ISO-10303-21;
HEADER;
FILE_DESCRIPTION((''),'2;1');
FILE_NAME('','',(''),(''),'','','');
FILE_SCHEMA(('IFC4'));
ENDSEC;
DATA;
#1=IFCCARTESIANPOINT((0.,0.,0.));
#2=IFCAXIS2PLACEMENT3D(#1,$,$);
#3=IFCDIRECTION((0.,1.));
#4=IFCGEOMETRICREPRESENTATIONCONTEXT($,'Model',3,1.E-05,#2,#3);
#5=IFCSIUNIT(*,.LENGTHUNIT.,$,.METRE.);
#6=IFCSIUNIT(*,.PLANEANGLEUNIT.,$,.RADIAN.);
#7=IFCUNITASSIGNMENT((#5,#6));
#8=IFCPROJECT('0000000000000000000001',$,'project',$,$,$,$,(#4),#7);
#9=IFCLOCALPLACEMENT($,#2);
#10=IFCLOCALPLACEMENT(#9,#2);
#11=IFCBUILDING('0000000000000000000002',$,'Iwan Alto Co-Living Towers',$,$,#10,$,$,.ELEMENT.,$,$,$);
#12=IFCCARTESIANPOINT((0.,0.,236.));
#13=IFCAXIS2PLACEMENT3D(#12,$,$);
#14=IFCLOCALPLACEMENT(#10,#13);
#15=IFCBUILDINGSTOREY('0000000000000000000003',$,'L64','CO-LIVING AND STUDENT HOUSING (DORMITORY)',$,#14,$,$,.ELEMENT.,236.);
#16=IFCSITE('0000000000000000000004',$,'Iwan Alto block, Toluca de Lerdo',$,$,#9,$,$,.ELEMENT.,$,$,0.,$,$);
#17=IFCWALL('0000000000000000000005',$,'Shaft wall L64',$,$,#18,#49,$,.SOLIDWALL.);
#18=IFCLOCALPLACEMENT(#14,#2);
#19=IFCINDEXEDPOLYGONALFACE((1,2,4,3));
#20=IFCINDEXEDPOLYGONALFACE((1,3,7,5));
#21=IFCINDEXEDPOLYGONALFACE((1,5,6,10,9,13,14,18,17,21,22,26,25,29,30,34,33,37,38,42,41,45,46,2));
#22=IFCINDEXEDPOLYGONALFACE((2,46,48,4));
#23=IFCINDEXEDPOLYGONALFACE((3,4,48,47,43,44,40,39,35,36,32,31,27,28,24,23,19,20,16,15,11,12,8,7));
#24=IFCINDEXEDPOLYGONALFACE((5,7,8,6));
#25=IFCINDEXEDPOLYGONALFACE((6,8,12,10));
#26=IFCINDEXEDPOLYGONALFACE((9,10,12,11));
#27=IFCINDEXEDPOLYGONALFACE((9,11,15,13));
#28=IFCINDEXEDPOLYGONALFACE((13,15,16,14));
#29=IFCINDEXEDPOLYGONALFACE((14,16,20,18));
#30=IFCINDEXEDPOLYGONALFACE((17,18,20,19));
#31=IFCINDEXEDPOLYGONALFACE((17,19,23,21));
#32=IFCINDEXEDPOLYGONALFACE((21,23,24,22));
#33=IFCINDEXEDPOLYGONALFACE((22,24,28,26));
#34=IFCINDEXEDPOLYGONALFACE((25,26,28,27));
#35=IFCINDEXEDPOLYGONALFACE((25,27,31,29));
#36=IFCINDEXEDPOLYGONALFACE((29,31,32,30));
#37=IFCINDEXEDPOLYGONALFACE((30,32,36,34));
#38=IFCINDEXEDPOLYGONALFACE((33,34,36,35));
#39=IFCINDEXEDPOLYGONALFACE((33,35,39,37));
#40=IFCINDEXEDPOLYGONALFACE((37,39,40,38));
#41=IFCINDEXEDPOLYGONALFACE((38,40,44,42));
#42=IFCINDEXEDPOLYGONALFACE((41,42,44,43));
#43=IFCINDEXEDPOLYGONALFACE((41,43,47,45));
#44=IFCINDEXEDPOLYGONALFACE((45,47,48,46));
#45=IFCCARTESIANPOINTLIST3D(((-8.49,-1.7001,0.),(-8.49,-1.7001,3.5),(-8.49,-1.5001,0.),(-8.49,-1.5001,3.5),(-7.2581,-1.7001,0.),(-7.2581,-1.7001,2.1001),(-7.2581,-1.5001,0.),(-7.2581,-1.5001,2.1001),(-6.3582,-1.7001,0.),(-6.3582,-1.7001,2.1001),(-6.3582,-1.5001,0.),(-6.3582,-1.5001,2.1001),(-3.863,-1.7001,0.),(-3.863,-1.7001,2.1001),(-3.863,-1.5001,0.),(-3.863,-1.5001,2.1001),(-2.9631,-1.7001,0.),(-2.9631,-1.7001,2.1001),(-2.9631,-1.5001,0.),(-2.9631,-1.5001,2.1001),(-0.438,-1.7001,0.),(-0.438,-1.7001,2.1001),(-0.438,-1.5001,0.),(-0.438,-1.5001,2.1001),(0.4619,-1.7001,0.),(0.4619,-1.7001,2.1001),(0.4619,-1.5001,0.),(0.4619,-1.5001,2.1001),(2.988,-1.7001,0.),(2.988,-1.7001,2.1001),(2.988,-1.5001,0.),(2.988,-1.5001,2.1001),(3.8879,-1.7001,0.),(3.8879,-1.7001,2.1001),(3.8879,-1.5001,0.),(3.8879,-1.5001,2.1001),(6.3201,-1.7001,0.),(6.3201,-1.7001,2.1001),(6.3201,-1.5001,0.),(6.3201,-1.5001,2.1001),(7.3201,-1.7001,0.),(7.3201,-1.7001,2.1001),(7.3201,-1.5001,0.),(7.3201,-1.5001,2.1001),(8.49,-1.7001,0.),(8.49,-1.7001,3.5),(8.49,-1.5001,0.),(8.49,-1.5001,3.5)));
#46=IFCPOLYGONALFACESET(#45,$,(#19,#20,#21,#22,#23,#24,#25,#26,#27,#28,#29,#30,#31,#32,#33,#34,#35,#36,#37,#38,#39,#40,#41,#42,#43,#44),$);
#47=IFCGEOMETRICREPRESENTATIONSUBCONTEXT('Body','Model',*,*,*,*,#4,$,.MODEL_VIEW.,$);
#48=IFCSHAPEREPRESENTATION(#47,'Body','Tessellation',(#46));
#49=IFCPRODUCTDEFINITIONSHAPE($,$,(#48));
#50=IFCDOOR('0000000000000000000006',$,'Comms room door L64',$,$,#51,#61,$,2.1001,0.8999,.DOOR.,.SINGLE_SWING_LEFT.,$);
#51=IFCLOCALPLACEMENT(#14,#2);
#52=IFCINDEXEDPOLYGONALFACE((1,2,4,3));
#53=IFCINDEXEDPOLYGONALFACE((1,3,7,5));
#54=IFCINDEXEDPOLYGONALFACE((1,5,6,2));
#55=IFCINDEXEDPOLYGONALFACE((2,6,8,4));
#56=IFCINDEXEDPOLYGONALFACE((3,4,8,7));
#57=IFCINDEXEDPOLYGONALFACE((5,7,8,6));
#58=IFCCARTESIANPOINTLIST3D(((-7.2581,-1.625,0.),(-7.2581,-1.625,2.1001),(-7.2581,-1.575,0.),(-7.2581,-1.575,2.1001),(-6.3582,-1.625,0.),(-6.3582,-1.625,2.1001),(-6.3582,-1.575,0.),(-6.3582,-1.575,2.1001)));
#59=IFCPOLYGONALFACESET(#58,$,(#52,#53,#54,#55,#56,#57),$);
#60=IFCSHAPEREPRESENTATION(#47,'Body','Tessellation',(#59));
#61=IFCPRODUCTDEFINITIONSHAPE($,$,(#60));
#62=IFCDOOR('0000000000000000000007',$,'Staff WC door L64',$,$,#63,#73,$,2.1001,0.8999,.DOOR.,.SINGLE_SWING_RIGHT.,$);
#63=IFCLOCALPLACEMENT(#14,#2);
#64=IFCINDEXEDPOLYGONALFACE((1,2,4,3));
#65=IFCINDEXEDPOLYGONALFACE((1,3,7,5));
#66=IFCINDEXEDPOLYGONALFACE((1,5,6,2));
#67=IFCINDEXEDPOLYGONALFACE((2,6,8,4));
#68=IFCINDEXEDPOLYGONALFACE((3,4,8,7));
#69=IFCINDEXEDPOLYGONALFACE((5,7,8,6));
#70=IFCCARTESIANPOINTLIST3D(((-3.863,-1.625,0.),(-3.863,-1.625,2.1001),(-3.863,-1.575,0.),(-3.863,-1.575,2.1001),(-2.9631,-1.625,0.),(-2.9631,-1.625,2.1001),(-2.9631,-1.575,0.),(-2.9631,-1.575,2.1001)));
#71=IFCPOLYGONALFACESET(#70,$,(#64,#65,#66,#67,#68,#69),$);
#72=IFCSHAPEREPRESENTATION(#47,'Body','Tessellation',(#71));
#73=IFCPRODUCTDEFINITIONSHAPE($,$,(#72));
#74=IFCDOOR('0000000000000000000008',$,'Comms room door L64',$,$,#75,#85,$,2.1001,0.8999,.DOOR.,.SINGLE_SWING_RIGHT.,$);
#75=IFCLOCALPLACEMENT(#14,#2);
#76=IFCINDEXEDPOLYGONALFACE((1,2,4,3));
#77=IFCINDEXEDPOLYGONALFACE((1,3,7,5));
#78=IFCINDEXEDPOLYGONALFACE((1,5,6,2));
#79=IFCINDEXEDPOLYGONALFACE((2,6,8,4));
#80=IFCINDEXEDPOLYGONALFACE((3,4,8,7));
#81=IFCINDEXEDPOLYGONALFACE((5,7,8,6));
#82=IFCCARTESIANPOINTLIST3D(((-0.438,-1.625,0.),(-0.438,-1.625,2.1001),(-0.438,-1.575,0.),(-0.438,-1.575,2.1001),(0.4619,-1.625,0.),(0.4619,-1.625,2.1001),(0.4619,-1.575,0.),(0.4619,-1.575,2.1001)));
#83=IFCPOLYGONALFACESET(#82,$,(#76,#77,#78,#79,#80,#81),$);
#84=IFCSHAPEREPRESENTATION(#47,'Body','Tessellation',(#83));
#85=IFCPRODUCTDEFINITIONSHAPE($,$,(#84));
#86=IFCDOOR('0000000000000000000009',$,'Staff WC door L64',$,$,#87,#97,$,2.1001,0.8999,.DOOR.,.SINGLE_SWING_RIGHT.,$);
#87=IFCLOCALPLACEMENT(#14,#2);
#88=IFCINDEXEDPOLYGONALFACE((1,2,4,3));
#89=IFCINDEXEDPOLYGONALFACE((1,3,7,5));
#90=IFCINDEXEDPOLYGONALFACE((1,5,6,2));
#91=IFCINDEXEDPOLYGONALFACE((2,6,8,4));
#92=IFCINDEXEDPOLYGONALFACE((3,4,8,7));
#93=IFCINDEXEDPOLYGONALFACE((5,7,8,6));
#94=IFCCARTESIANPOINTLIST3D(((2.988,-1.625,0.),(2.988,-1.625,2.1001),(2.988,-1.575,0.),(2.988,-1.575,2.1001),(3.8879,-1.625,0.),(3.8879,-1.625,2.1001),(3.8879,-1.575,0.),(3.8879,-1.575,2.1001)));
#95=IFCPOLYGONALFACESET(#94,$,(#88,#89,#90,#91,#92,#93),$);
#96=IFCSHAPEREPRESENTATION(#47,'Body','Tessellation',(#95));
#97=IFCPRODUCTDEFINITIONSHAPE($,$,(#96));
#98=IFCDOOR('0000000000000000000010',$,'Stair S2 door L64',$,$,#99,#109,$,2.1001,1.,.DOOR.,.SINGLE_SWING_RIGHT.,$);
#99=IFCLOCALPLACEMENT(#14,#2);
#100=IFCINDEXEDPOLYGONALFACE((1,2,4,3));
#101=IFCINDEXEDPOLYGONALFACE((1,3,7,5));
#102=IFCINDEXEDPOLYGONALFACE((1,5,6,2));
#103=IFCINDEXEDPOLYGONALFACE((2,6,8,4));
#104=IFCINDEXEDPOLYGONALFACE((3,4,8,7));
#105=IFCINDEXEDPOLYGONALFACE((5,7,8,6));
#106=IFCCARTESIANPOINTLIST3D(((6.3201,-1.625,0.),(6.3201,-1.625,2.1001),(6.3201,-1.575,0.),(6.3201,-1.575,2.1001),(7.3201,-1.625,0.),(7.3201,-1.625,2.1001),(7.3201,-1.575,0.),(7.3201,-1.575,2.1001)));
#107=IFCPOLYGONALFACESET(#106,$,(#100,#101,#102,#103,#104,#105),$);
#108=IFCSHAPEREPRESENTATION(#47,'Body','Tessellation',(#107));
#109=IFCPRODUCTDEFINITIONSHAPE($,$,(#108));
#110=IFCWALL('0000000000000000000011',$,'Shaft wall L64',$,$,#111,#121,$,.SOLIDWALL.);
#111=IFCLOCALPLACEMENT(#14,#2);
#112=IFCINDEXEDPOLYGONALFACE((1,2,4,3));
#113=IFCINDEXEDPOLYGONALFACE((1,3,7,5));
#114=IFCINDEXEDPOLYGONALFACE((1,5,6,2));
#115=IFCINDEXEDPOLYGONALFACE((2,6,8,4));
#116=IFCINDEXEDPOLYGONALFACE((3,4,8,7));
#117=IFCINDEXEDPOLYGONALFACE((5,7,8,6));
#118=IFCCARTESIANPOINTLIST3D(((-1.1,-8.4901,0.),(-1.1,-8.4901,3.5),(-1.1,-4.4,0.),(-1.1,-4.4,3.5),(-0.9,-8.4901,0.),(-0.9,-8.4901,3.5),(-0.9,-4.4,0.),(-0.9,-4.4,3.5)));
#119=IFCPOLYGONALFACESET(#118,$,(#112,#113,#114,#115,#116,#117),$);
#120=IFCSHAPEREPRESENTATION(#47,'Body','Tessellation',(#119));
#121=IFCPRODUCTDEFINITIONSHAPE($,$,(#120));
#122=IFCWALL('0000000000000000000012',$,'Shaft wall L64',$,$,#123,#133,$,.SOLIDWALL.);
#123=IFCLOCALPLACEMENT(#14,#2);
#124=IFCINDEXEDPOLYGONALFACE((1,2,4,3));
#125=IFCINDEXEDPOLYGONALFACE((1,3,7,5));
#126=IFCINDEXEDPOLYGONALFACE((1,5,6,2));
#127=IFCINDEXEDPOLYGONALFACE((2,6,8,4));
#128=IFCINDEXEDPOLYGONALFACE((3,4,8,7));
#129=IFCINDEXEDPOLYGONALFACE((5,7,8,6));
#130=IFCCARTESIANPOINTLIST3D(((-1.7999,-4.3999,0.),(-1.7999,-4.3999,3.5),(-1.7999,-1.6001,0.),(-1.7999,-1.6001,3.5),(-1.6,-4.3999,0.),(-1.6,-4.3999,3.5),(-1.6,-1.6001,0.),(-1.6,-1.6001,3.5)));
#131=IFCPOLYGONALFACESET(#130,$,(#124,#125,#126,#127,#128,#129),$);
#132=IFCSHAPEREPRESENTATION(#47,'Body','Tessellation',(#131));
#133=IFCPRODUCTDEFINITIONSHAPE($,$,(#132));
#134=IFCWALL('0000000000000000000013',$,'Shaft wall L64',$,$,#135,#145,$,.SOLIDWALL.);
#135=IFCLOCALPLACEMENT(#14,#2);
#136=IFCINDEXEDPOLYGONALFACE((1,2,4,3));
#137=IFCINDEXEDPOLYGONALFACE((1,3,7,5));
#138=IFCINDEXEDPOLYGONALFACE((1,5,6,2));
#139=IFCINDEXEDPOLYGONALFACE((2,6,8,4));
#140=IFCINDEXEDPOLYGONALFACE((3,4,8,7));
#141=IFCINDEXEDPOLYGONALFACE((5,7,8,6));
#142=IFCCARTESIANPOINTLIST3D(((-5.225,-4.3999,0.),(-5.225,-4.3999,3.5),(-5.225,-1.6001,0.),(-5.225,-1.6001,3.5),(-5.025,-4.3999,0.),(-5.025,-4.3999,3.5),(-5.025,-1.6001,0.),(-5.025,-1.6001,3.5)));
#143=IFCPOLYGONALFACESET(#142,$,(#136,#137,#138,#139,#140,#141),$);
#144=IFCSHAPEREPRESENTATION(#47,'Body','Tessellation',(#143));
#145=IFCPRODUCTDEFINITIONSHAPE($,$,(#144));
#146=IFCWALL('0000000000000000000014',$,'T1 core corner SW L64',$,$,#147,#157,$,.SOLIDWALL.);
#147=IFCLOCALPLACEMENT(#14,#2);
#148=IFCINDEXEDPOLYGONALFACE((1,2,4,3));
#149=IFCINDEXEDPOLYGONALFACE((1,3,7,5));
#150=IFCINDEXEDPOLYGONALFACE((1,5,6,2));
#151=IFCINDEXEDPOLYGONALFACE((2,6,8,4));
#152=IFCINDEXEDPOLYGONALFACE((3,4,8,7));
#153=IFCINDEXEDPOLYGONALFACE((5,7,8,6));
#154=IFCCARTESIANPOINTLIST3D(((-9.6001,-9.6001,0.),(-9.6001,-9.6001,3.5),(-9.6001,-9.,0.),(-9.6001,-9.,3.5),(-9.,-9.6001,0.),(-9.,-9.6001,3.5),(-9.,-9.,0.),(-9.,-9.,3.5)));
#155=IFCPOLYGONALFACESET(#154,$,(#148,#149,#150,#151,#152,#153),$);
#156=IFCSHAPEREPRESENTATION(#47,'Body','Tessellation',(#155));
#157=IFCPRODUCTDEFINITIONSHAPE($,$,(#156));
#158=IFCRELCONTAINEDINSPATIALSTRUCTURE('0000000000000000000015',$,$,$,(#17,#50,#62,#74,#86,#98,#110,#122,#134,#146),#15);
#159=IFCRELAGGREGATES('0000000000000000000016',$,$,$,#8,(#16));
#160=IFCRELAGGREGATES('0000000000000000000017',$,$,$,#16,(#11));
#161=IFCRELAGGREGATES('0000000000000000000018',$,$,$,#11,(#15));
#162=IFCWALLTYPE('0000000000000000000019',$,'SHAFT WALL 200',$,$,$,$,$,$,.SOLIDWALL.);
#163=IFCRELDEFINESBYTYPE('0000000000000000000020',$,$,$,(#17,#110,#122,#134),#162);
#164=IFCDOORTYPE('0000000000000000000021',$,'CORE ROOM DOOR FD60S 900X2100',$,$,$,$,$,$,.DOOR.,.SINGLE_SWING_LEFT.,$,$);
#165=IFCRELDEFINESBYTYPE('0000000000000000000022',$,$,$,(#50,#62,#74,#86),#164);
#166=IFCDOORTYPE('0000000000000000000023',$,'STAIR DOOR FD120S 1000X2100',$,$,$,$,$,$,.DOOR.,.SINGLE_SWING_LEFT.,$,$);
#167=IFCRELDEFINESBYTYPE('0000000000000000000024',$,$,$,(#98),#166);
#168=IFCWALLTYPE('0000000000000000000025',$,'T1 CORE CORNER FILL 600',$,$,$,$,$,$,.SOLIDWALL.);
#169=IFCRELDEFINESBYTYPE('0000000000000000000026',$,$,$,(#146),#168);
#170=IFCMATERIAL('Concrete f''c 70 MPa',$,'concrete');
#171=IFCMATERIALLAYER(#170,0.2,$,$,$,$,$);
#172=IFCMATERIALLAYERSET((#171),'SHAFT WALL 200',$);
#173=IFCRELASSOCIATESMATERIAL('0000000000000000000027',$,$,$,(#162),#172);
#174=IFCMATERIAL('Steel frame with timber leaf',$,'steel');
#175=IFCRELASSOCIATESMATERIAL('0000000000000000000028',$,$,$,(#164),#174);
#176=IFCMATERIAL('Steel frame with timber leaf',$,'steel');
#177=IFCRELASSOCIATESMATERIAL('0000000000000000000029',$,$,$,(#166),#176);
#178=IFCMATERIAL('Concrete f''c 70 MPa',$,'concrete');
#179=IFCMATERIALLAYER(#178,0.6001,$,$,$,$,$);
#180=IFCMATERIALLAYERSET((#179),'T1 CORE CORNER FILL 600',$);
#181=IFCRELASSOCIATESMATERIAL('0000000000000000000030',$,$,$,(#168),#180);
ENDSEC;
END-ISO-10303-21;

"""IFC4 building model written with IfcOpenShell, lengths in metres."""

from ifc_helpers import new_model, si_unit, direction, frame, frame_2d, origin, place, context, subcontext, project, spatial, rectangle, extrude, material, layer, layer_set, type_object, element, fill, save


model = new_model("IFC4")

# Units and contexts
model_context = context("Model", 3, precision=1e-05, world=origin(), true_north=direction((0.0, 1.0)))
body_context = subcontext(model_context, "Body", "Model", "MODEL_VIEW")
ifc_project = project(units=[si_unit("LENGTHUNIT", "METRE"), si_unit("PLANEANGLEUNIT", "RADIAN")], contexts=[model_context])

# Site, building, storey
site_placement = place(None, origin())
site = spatial("IfcSite", under=ifc_project, at=site_placement, Name="Iwan Alto block, Toluca de Lerdo", CompositionType="ELEMENT", RefElevation=0.0)
building_placement = place(site_placement, origin())
building = spatial("IfcBuilding", under=site, at=building_placement, Name="Iwan Alto Co-Living Towers", CompositionType="ELEMENT")
storey_placement = place(building_placement, frame((0.0, 0.0, 236.0)))
storey = spatial("IfcBuildingStorey", under=building, at=storey_placement, Name="L64", Description="CO-LIVING AND STUDENT HOUSING (DORMITORY)", CompositionType="ELEMENT", Elevation=236.0)

# Shared definitions
ifc_material_1 = material(Name="Concrete f'c 70 MPa", Category="concrete")
ifc_layer_1 = layer(ifc_material_1, 0.2)
ifc_layer_set_1 = layer_set([ifc_layer_1], Name="SHAFT WALL 200")
wall_type_1 = type_object("IfcWallType", Name="SHAFT WALL 200", PredefinedType="SOLIDWALL", material=ifc_layer_set_1)

# Wall, openings, doors
wall_1_placement = place(storey_placement, frame((-8.49, -1.6001, 0.0), z_axis=(0.0, 0.0, 1.0), x_axis=(1.0, 0.0, 0.0)))
wall_1 = element("IfcWall", 1, at=wall_1_placement, inside=storey, type_object=wall_type_1, Name="Shaft wall L64", PredefinedType="SOLIDWALL", context=body_context, shape_type="SweptSolid", body=[
    extrude(rectangle(XDim=16.98, YDim=0.2, at=frame_2d((8.49, 0.0))), origin(), (0.0, 0.0, 1.0), 3.5),
])
opening_1_placement = place(wall_1_placement, frame((14.8101, 0.0, 0.0)))
opening_1 = element("IfcOpeningElement", 2, at=opening_1_placement, cuts=wall_1, PredefinedType="OPENING", context=body_context, shape_type="SweptSolid", body=[
    extrude(rectangle(XDim=1.0, YDim=2.1001, at=frame_2d((0.5, 1.05))), frame((0.0, 0.1099, 0.0), z_axis=(0.0, -1.0, 0.0), x_axis=(1.0, 0.0, 0.0)), (0.0, 0.0, 1.0), 0.22),
])
opening_2_placement = place(wall_1_placement, frame((1.2319, 0.0, 0.0)))
opening_2 = element("IfcOpeningElement", 3, at=opening_2_placement, cuts=wall_1, PredefinedType="OPENING", context=body_context, shape_type="SweptSolid", body=[
    extrude(rectangle(XDim=0.8999, YDim=2.1001, at=frame_2d((0.45, 1.05))), frame((0.0, 0.1099, 0.0), z_axis=(0.0, -1.0, 0.0), x_axis=(1.0, 0.0, 0.0)), (0.0, 0.0, 1.0), 0.22),
])
opening_3_placement = place(wall_1_placement, frame((4.627, 0.0, 0.0)))
opening_3 = element("IfcOpeningElement", 4, at=opening_3_placement, cuts=wall_1, PredefinedType="OPENING", context=body_context, shape_type="SweptSolid", body=[
    extrude(rectangle(XDim=0.8999, YDim=2.1001, at=frame_2d((0.45, 1.05))), frame((0.0, 0.1099, 0.0), z_axis=(0.0, -1.0, 0.0), x_axis=(1.0, 0.0, 0.0)), (0.0, 0.0, 1.0), 0.22),
])
opening_4_placement = place(wall_1_placement, frame((8.052, 0.0, 0.0)))
opening_4 = element("IfcOpeningElement", 5, at=opening_4_placement, cuts=wall_1, PredefinedType="OPENING", context=body_context, shape_type="SweptSolid", body=[
    extrude(rectangle(XDim=0.8999, YDim=2.1001, at=frame_2d((0.45, 1.05))), frame((0.0, 0.1099, 0.0), z_axis=(0.0, -1.0, 0.0), x_axis=(1.0, 0.0, 0.0)), (0.0, 0.0, 1.0), 0.22),
])
opening_5_placement = place(wall_1_placement, frame((11.478, 0.0, 0.0)))
opening_5 = element("IfcOpeningElement", 6, at=opening_5_placement, cuts=wall_1, PredefinedType="OPENING", context=body_context, shape_type="SweptSolid", body=[
    extrude(rectangle(XDim=0.8999, YDim=2.1001, at=frame_2d((0.45, 1.05))), frame((0.0, 0.1099, 0.0), z_axis=(0.0, -1.0, 0.0), x_axis=(1.0, 0.0, 0.0)), (0.0, 0.0, 1.0), 0.22),
])
ifc_material_2 = material(Name="Steel frame with timber leaf", Category="steel")
door_type_1 = type_object("IfcDoorType", Name="CORE ROOM DOOR FD60S 900X2100", OperationType="SINGLE_SWING_LEFT", PredefinedType="DOOR", material=ifc_material_2)
door_1_placement = place(opening_2_placement, frame((0.8999, 0.0, 0.0), z_axis=(0.0, 0.0, 1.0), x_axis=(-1.0, 0.0, 0.0)))
door_1 = element("IfcDoor", 7, at=door_1_placement, inside=storey, type_object=door_type_1, Name="Comms room door L64", OperationType="SINGLE_SWING_LEFT", OverallHeight=2.1001, OverallWidth=0.8999, PredefinedType="DOOR", context=body_context, shape_type="SweptSolid", body=[
    extrude(rectangle(XDim=0.8999, YDim=2.1001, at=frame_2d((0.45, 1.05))), frame((0.0, 0.0249, 0.0), z_axis=(0.0, -1.0, 0.0), x_axis=(1.0, 0.0, 0.0)), (0.0, 0.0, 1.0), 0.05),
])
fill(opening_2, door_1)
door_2_placement = place(opening_3_placement, frame((0.8999, 0.0, 0.0), z_axis=(0.0, 0.0, 1.0), x_axis=(-1.0, 0.0, 0.0)))
door_2 = element("IfcDoor", 8, at=door_2_placement, inside=storey, type_object=door_type_1, Name="Staff WC door L64", OperationType="SINGLE_SWING_RIGHT", OverallHeight=2.1001, OverallWidth=0.8999, PredefinedType="DOOR", context=body_context, shape_type="SweptSolid", body=[
    extrude(rectangle(XDim=0.8999, YDim=2.1001, at=frame_2d((0.45, 1.05))), frame((0.0, 0.0249, 0.0), z_axis=(0.0, -1.0, 0.0), x_axis=(1.0, 0.0, 0.0)), (0.0, 0.0, 1.0), 0.05),
])
fill(opening_3, door_2)
door_3_placement = place(opening_4_placement, frame((0.8999, 0.0, 0.0), z_axis=(0.0, 0.0, 1.0), x_axis=(-1.0, 0.0, 0.0)))
door_3 = element("IfcDoor", 9, at=door_3_placement, inside=storey, type_object=door_type_1, Name="Comms room door L64", OperationType="SINGLE_SWING_RIGHT", OverallHeight=2.1001, OverallWidth=0.8999, PredefinedType="DOOR", context=body_context, shape_type="SweptSolid", body=[
    extrude(rectangle(XDim=0.8999, YDim=2.1001, at=frame_2d((0.45, 1.05))), frame((0.0, 0.0249, 0.0), z_axis=(0.0, -1.0, 0.0), x_axis=(1.0, 0.0, 0.0)), (0.0, 0.0, 1.0), 0.05),
])
fill(opening_4, door_3)
door_4_placement = place(opening_5_placement, frame((0.8999, 0.0, 0.0), z_axis=(0.0, 0.0, 1.0), x_axis=(-1.0, 0.0, 0.0)))
door_4 = element("IfcDoor", 10, at=door_4_placement, inside=storey, type_object=door_type_1, Name="Staff WC door L64", OperationType="SINGLE_SWING_RIGHT", OverallHeight=2.1001, OverallWidth=0.8999, PredefinedType="DOOR", context=body_context, shape_type="SweptSolid", body=[
    extrude(rectangle(XDim=0.8999, YDim=2.1001, at=frame_2d((0.45, 1.05))), frame((0.0, 0.0249, 0.0), z_axis=(0.0, -1.0, 0.0), x_axis=(1.0, 0.0, 0.0)), (0.0, 0.0, 1.0), 0.05),
])
fill(opening_5, door_4)
ifc_material_3 = material(Name="Steel frame with timber leaf", Category="steel")
door_type_2 = type_object("IfcDoorType", Name="STAIR DOOR FD120S 1000X2100", OperationType="SINGLE_SWING_LEFT", PredefinedType="DOOR", material=ifc_material_3)
door_5_placement = place(opening_1_placement, frame((1.0, 0.0, 0.0), z_axis=(0.0, 0.0, 1.0), x_axis=(-1.0, 0.0, 0.0)))
door_5 = element("IfcDoor", 11, at=door_5_placement, inside=storey, type_object=door_type_2, Name="Stair S2 door L64", OperationType="SINGLE_SWING_RIGHT", OverallHeight=2.1001, OverallWidth=1.0, PredefinedType="DOOR", context=body_context, shape_type="SweptSolid", body=[
    extrude(rectangle(XDim=1.0, YDim=2.1001, at=frame_2d((0.5, 1.05))), frame((0.0, 0.0249, 0.0), z_axis=(0.0, -1.0, 0.0), x_axis=(1.0, 0.0, 0.0)), (0.0, 0.0, 1.0), 0.05),
])
fill(opening_1, door_5)

# Walls
wall_2_placement = place(storey_placement, frame((-1.0, -8.49, 0.0), z_axis=(0.0, 0.0, 1.0), x_axis=(0.0, 1.0, 0.0)))
element("IfcWall", 12, at=wall_2_placement, inside=storey, type_object=wall_type_1, Name="Shaft wall L64", PredefinedType="SOLIDWALL", context=body_context, shape_type="SweptSolid", body=[
    extrude(rectangle(XDim=4.0901, YDim=0.2, at=frame_2d((2.0449, 0.0))), origin(), (0.0, 0.0, 1.0), 3.5),
])
for number, where, z_axis, x_axis, name in (
    (13, (-1.7, -4.3999, 0.0), (0.0, 0.0, 1.0), (0.0, 1.0, 0.0), "Shaft wall L64"),
    (14, (-5.125, -4.3999, 0.0), (0.0, 0.0, 1.0), (0.0, 1.0, 0.0), "Shaft wall L64"),
):
    element("IfcWall", number, at=place(storey_placement, frame(where, z_axis=z_axis, x_axis=x_axis)), inside=storey, type_object=wall_type_1, Name=name, PredefinedType="SOLIDWALL", context=body_context, shape_type="SweptSolid", body=[
        extrude(rectangle(XDim=2.7998, YDim=0.2, at=frame_2d((1.3999, 0.0))), origin(), (0.0, 0.0, 1.0), 3.5),
    ])
ifc_material_4 = material(Name="Concrete f'c 70 MPa", Category="concrete")
ifc_layer_2 = layer(ifc_material_4, 0.6001)
ifc_layer_set_2 = layer_set([ifc_layer_2], Name="T1 CORE CORNER FILL 600")
wall_type_2 = type_object("IfcWallType", Name="T1 CORE CORNER FILL 600", PredefinedType="SOLIDWALL", material=ifc_layer_set_2)
wall_3_placement = place(storey_placement, frame((-9.6001, -9.3, 0.0), z_axis=(0.0, 0.0, 1.0), x_axis=(1.0, 0.0, 0.0)))
element("IfcWall", 15, at=wall_3_placement, inside=storey, type_object=wall_type_2, Name="T1 core corner SW L64", PredefinedType="SOLIDWALL", context=body_context, shape_type="SweptSolid", body=[
    extrude(rectangle(XDim=0.6001, YDim=0.6001, at=frame_2d((0.3, 0.0))), origin(), (0.0, 0.0, 1.0), 3.5),
])

save(model, "model.ifc")
